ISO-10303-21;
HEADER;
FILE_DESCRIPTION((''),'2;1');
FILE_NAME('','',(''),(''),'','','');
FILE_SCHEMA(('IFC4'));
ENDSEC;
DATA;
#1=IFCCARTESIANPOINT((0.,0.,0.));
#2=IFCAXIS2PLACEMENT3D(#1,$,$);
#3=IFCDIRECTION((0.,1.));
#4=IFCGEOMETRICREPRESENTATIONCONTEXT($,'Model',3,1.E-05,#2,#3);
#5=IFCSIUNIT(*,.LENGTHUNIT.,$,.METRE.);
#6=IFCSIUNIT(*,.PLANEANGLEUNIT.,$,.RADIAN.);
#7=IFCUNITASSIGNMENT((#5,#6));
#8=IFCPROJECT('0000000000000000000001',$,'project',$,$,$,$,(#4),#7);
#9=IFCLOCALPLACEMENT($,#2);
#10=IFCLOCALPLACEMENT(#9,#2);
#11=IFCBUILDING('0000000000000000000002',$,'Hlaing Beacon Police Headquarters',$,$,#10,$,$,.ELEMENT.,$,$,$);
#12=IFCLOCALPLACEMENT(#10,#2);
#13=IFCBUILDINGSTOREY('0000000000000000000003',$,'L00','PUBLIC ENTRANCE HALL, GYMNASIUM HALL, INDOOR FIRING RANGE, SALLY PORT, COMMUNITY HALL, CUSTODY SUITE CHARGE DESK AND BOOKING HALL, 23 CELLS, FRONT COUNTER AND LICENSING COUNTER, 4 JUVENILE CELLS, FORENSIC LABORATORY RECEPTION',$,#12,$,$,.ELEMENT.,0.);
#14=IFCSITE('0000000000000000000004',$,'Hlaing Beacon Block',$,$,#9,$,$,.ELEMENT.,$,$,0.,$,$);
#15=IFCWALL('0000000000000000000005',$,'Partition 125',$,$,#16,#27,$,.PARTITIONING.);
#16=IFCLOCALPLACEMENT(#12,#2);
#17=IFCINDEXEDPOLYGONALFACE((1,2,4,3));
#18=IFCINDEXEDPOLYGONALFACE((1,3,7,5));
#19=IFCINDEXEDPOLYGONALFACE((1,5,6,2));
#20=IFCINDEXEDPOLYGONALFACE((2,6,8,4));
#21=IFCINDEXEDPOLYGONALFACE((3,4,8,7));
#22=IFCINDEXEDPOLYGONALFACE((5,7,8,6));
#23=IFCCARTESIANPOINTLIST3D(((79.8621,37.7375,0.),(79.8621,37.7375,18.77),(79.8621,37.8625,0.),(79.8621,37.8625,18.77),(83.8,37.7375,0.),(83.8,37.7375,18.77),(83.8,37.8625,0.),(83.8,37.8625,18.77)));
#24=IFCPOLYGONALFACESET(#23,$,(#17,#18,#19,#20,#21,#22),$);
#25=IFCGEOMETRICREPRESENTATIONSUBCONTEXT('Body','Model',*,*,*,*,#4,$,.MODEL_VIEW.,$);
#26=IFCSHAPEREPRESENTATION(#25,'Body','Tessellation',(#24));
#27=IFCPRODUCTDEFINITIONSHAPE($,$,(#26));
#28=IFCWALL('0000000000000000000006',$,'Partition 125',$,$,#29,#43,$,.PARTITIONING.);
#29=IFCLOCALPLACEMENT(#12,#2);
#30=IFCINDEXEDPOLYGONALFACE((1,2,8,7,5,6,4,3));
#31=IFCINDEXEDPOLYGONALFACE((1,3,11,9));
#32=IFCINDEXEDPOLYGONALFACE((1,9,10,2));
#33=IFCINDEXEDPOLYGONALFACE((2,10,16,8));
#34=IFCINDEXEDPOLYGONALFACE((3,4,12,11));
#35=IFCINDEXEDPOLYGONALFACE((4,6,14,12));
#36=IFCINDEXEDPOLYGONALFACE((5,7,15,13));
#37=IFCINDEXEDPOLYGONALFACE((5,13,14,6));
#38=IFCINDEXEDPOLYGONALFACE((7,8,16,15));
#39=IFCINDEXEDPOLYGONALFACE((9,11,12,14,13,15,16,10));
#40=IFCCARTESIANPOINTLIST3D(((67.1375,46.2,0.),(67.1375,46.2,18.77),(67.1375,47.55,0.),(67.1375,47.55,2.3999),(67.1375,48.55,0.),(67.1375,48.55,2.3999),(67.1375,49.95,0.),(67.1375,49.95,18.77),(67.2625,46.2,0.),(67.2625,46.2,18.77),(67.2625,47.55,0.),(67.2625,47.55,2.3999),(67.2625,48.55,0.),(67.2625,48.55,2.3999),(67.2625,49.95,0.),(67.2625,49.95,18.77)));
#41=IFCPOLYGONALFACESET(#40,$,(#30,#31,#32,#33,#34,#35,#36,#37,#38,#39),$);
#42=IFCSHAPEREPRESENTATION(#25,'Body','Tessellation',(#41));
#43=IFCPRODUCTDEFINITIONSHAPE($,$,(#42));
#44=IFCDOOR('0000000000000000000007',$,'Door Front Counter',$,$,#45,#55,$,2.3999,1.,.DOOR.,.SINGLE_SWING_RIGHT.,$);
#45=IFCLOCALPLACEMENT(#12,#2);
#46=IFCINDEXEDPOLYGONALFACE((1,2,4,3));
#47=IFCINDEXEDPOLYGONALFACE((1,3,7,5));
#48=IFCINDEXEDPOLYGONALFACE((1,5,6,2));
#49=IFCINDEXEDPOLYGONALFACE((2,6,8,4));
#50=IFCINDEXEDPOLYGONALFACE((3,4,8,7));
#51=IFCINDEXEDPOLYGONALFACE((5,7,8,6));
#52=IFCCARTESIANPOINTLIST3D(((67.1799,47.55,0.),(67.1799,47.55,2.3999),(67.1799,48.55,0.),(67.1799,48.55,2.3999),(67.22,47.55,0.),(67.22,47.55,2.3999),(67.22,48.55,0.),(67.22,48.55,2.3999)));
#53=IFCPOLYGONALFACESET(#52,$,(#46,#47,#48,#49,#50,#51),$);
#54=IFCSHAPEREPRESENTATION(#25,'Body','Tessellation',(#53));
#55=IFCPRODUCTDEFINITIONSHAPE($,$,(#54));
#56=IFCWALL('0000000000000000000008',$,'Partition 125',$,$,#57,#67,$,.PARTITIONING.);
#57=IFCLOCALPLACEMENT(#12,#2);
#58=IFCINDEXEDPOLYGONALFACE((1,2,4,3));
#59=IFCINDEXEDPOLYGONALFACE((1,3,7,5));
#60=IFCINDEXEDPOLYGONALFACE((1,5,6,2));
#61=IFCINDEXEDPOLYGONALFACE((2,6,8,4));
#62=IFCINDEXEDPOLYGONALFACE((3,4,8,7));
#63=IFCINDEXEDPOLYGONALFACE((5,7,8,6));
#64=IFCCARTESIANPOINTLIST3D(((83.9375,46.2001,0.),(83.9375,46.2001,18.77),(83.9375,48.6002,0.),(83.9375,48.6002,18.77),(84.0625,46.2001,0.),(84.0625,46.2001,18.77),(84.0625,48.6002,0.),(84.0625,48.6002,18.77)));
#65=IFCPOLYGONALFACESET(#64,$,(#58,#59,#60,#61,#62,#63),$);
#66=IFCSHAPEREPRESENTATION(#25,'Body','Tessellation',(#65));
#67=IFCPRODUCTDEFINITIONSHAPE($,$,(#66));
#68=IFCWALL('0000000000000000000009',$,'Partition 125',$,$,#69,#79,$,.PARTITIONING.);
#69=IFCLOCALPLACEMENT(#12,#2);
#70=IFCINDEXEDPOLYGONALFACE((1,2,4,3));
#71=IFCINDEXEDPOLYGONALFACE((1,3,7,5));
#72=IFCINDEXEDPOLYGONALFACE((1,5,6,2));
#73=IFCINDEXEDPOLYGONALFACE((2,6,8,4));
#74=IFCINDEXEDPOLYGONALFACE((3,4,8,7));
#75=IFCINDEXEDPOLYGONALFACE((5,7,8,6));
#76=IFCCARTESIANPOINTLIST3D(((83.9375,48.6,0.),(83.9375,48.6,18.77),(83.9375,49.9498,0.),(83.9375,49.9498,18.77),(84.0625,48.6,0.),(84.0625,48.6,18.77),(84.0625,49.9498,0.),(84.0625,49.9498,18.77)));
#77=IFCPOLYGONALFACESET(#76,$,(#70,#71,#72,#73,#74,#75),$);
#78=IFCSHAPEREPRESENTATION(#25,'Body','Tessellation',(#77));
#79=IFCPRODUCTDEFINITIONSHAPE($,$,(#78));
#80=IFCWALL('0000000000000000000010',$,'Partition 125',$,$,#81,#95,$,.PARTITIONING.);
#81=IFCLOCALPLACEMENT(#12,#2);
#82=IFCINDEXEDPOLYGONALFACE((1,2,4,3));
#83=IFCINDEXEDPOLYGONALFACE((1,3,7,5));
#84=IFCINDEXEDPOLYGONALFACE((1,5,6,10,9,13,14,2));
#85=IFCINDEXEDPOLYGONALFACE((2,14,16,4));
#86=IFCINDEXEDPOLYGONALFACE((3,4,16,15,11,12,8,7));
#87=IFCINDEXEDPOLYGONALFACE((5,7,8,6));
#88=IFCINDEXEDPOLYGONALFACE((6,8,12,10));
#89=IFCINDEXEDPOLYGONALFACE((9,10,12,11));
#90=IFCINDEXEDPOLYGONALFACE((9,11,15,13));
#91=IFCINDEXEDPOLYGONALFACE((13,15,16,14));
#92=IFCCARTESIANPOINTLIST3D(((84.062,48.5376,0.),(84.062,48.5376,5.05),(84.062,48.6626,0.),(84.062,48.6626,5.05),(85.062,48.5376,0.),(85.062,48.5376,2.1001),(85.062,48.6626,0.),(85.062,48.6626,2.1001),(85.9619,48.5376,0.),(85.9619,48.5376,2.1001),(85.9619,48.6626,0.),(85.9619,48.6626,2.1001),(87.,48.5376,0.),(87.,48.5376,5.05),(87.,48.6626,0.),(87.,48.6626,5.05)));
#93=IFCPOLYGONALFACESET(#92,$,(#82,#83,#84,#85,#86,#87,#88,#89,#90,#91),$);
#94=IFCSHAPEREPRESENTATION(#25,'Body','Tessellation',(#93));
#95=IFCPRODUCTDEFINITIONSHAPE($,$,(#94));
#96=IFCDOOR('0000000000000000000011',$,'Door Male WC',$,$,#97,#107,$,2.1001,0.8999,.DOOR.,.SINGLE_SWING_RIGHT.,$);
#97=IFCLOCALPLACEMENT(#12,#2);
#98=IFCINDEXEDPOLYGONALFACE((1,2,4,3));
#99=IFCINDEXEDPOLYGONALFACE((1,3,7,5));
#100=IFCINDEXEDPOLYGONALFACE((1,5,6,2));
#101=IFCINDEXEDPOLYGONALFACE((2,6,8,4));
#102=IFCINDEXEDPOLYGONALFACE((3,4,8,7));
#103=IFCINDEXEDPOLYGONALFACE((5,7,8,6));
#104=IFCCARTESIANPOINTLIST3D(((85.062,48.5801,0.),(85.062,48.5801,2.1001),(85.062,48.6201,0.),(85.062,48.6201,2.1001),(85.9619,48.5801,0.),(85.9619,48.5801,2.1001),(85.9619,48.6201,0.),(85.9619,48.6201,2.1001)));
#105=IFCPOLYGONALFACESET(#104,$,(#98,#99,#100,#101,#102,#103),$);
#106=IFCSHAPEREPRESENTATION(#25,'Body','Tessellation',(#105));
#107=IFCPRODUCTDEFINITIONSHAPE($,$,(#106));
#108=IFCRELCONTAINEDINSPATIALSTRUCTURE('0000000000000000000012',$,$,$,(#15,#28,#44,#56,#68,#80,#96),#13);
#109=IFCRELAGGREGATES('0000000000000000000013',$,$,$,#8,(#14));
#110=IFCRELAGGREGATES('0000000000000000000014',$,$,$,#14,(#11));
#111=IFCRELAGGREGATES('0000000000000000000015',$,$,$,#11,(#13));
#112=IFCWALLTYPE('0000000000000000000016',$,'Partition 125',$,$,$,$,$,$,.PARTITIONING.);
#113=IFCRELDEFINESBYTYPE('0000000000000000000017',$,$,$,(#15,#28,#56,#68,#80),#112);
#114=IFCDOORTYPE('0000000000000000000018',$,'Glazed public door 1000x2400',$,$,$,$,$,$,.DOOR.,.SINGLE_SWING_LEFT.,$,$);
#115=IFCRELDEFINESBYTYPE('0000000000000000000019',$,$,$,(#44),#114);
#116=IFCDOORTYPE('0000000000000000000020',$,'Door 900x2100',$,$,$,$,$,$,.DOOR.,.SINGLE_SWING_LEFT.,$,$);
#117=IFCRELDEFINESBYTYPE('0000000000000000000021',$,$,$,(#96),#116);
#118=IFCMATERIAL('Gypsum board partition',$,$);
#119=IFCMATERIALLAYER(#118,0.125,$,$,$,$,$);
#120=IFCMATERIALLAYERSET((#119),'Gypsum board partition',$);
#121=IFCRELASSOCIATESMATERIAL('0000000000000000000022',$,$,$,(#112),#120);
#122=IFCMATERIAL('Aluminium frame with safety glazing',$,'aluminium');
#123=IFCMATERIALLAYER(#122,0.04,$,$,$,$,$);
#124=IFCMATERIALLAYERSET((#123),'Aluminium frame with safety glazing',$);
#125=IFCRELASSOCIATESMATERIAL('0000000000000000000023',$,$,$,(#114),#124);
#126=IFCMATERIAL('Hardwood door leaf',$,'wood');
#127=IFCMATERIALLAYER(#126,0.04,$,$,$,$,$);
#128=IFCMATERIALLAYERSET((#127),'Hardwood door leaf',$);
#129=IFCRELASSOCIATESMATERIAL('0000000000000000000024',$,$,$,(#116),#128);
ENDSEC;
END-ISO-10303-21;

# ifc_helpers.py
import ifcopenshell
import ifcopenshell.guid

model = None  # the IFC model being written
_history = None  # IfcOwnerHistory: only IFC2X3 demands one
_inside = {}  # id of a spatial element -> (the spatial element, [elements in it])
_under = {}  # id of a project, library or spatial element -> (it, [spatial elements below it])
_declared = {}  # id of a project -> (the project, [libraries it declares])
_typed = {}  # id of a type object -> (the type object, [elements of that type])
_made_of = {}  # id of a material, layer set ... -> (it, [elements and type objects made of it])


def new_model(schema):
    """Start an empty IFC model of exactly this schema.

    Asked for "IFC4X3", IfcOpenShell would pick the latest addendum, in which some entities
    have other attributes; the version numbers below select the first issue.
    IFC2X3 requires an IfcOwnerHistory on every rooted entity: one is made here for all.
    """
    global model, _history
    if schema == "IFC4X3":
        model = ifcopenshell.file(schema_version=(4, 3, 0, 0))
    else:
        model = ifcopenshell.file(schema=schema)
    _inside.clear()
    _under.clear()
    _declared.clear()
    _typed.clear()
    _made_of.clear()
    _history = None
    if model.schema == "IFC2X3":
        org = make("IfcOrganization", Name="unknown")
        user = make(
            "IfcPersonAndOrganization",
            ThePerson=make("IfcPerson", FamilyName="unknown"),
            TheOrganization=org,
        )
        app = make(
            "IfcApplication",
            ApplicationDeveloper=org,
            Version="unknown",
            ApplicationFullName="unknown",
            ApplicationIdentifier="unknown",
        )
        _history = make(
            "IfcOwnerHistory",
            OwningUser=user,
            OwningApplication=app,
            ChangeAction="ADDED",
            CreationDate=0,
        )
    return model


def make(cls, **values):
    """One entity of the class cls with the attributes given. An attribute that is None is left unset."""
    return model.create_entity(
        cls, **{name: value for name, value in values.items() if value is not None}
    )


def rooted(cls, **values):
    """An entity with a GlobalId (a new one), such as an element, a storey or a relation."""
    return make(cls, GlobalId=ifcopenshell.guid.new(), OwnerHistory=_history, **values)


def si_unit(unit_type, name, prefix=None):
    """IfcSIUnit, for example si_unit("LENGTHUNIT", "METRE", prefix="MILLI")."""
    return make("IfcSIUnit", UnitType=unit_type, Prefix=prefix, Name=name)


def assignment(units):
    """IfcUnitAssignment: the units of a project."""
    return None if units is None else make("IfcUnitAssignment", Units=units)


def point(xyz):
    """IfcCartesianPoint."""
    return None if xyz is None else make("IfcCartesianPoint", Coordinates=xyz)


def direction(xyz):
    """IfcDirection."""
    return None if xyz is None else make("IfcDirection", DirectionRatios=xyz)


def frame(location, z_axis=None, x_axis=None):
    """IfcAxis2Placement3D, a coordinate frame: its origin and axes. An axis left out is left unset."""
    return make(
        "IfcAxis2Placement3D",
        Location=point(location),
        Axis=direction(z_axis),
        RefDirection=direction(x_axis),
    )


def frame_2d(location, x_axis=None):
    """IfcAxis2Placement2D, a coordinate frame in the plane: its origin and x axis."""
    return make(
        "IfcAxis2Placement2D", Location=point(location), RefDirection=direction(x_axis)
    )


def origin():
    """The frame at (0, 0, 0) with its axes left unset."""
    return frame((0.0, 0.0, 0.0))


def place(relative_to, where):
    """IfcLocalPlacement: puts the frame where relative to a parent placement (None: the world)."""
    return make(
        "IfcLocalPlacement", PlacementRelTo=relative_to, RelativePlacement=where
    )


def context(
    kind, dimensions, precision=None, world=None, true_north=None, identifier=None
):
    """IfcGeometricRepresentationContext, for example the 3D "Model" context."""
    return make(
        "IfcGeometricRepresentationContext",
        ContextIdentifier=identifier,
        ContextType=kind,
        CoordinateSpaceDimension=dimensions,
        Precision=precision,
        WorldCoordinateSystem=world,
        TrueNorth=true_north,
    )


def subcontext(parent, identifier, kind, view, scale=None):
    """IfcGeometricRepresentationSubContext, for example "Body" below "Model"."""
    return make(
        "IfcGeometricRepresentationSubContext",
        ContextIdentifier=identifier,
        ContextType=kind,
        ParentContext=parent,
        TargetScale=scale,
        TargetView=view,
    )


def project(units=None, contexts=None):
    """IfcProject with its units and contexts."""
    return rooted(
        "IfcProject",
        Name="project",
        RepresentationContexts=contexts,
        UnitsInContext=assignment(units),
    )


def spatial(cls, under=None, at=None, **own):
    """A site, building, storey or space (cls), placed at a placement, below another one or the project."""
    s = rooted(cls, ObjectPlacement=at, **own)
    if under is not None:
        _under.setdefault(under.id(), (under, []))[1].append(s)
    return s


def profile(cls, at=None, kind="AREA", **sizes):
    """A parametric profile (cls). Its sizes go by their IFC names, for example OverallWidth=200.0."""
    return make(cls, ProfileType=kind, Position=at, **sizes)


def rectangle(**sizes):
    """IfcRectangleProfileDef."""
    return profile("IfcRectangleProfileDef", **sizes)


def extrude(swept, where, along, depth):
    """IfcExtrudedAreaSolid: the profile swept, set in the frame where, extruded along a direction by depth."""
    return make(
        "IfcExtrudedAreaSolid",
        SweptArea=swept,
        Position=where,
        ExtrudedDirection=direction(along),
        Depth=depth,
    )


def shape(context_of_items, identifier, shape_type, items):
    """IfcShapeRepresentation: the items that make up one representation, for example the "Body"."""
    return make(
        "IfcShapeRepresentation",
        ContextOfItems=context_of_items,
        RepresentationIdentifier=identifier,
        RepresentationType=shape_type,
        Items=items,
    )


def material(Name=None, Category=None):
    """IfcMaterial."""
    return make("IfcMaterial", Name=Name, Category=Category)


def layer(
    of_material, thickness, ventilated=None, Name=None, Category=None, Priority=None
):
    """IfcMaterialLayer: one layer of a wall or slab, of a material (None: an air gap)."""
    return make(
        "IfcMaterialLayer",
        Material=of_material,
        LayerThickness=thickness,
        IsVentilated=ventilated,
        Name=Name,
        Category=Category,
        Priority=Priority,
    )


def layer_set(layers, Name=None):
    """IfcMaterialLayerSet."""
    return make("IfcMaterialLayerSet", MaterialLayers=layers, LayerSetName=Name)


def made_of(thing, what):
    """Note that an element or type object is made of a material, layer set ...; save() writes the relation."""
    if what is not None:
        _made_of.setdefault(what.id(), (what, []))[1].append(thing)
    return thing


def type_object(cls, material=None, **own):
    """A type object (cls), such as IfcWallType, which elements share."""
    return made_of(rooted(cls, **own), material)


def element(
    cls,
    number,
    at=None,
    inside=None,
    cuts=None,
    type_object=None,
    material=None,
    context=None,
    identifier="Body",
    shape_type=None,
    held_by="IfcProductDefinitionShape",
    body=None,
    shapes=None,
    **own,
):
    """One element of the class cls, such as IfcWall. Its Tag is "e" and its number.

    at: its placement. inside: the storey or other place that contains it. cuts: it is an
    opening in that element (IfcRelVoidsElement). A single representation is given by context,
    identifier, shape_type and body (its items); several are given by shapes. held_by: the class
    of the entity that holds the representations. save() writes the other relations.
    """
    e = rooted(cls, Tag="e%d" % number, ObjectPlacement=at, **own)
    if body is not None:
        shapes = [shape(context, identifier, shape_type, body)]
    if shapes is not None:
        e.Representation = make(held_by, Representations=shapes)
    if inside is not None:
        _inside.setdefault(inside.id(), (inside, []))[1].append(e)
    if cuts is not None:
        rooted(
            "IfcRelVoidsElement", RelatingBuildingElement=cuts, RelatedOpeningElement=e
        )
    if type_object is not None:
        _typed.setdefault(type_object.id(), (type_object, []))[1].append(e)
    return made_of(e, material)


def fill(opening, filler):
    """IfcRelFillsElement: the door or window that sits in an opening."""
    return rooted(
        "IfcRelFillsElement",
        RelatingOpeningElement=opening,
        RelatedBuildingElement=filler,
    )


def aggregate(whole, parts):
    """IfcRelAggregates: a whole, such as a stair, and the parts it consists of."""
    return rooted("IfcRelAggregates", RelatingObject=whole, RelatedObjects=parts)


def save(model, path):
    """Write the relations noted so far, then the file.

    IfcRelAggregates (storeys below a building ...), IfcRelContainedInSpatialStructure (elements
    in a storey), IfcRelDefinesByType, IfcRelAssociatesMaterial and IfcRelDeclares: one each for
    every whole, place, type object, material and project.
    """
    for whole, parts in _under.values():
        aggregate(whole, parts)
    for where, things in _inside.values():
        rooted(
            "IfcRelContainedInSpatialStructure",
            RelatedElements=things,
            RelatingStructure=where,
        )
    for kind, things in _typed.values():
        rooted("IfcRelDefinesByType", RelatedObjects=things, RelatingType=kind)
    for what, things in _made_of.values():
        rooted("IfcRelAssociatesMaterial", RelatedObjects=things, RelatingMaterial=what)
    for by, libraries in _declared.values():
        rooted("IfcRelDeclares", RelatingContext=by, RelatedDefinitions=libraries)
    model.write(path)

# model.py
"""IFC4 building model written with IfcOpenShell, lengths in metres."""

from ifc_helpers import new_model, si_unit, direction, frame, frame_2d, origin, place, context, subcontext, project, spatial, rectangle, extrude, material, layer, layer_set, type_object, element, fill, save


model = new_model("IFC4")

# Units and contexts
model_context = context("Model", 3, precision=1e-05, world=origin(), true_north=direction((0.0, 1.0)))
body_context = subcontext(model_context, "Body", "Model", "MODEL_VIEW")
ifc_project = project(units=[si_unit("LENGTHUNIT", "METRE"), si_unit("PLANEANGLEUNIT", "RADIAN")], contexts=[model_context])

# Site, building, storey
site_placement = place(None, origin())
site = spatial("IfcSite", under=ifc_project, at=site_placement, Name="Hlaing Beacon Block", CompositionType="ELEMENT", RefElevation=0.0)
building_placement = place(site_placement, origin())
building = spatial("IfcBuilding", under=site, at=building_placement, Name="Hlaing Beacon Police Headquarters", CompositionType="ELEMENT")
storey_placement = place(building_placement, origin())
storey = spatial("IfcBuildingStorey", under=building, at=storey_placement, Name="L00", Description="PUBLIC ENTRANCE HALL, GYMNASIUM HALL, INDOOR FIRING RANGE, SALLY PORT, COMMUNITY HALL, CUSTODY SUITE CHARGE DESK AND BOOKING HALL, 23 CELLS, FRONT COUNTER AND LICENSING COUNTER, 4 JUVENILE CELLS, FORENSIC LABORATORY RECEPTION", CompositionType="ELEMENT", Elevation=0.0)

# Wall
ifc_material_1 = material(Name="Gypsum board partition")
ifc_layer_1 = layer(ifc_material_1, 0.125)
ifc_layer_set_1 = layer_set([ifc_layer_1], Name="Gypsum board partition")
wall_type_1 = type_object("IfcWallType", Name="Partition 125", PredefinedType="PARTITIONING", material=ifc_layer_set_1)
wall_1_placement = place(storey_placement, frame((79.8621, 37.8, 0.0), z_axis=(0.0, 0.0, 1.0), x_axis=(1.0, 0.0, 0.0)))
element("IfcWall", 1, at=wall_1_placement, inside=storey, type_object=wall_type_1, Name="Partition 125", PredefinedType="PARTITIONING", context=body_context, shape_type="SweptSolid", body=[
    extrude(rectangle(XDim=3.938, YDim=0.125, at=frame_2d((1.969, 0.0))), origin(), (0.0, 0.0, 1.0), 18.77),
])

# Wall, opening, door
wall_2_placement = place(storey_placement, frame((67.2, 46.2, 0.0), z_axis=(0.0, 0.0, 1.0), x_axis=(0.0, 1.0, 0.0)))
wall_2 = element("IfcWall", 2, at=wall_2_placement, inside=storey, type_object=wall_type_1, Name="Partition 125", PredefinedType="PARTITIONING", context=body_context, shape_type="SweptSolid", body=[
    extrude(rectangle(XDim=3.75, YDim=0.125, at=frame_2d((1.875, 0.0))), origin(), (0.0, 0.0, 1.0), 18.77),
])
opening_1_placement = place(wall_2_placement, frame((1.3501, 0.0, 0.0)))
opening_1 = element("IfcOpeningElement", 3, at=opening_1_placement, cuts=wall_2, PredefinedType="OPENING", context=body_context, shape_type="SweptSolid", body=[
    extrude(rectangle(XDim=1.0, YDim=2.3999, at=frame_2d((0.5, 1.2))), frame((0.0, 0.0725, 0.0), z_axis=(0.0, -1.0, 0.0), x_axis=(1.0, 0.0, 0.0)), (0.0, 0.0, 1.0), 0.145),
])
ifc_material_2 = material(Name="Aluminium frame with safety glazing", Category="aluminium")
ifc_layer_2 = layer(ifc_material_2, 0.04)
ifc_layer_set_2 = layer_set([ifc_layer_2], Name="Aluminium frame with safety glazing")
door_type_1 = type_object("IfcDoorType", Name="Glazed public door 1000x2400", OperationType="SINGLE_SWING_LEFT", PredefinedType="DOOR", material=ifc_layer_set_2)
door_1_placement = place(opening_1_placement, origin())
door_1 = element("IfcDoor", 4, at=door_1_placement, inside=storey, type_object=door_type_1, Name="Door Front Counter", OperationType="SINGLE_SWING_RIGHT", OverallHeight=2.3999, OverallWidth=1.0, PredefinedType="DOOR", context=body_context, shape_type="SweptSolid", body=[
    extrude(rectangle(XDim=1.0, YDim=2.3999, at=frame_2d((0.5, 1.2))), frame((0.0, 0.02, 0.0), z_axis=(0.0, -1.0, 0.0), x_axis=(1.0, 0.0, 0.0)), (0.0, 0.0, 1.0), 0.04),
])
fill(opening_1, door_1)

# Walls
wall_3_placement = place(storey_placement, frame((84.0, 46.2, 0.0), z_axis=(0.0, 0.0, 1.0), x_axis=(0.0, 1.0, 0.0)))
element("IfcWall", 5, at=wall_3_placement, inside=storey, type_object=wall_type_1, Name="Partition 125", PredefinedType="PARTITIONING", context=body_context, shape_type="SweptSolid", body=[
    extrude(rectangle(XDim=2.4001, YDim=0.125, at=frame_2d((1.2002, 0.0))), origin(), (0.0, 0.0, 1.0), 18.77),
])
wall_4_placement = place(storey_placement, frame((84.0, 48.6001, 0.0), z_axis=(0.0, 0.0, 1.0), x_axis=(0.0, 1.0, 0.0)))
element("IfcWall", 6, at=wall_4_placement, inside=storey, type_object=wall_type_1, Name="Partition 125", PredefinedType="PARTITIONING", context=body_context, shape_type="SweptSolid", body=[
    extrude(rectangle(XDim=1.3499, YDim=0.125, at=frame_2d((0.6748, 0.0))), origin(), (0.0, 0.0, 1.0), 18.77),
])

# Wall, opening, door
wall_5_placement = place(storey_placement, frame((84.062, 48.6001, 0.0), z_axis=(0.0, 0.0, 1.0), x_axis=(1.0, 0.0, 0.0)))
wall_5 = element("IfcWall", 7, at=wall_5_placement, inside=storey, type_object=wall_type_1, Name="Partition 125", PredefinedType="PARTITIONING", context=body_context, shape_type="SweptSolid", body=[
    extrude(rectangle(XDim=2.938, YDim=0.125, at=frame_2d((1.469, 0.0))), origin(), (0.0, 0.0, 1.0), 5.05),
])
opening_2_placement = place(wall_5_placement, frame((1.0, 0.0, 0.0)))
opening_2 = element("IfcOpeningElement", 8, at=opening_2_placement, cuts=wall_5, PredefinedType="OPENING", context=body_context, shape_type="SweptSolid", body=[
    extrude(rectangle(XDim=0.8999, YDim=2.1001, at=frame_2d((0.45, 1.05))), frame((0.0, 0.0725, 0.0), z_axis=(0.0, -1.0, 0.0), x_axis=(1.0, 0.0, 0.0)), (0.0, 0.0, 1.0), 0.145),
])
ifc_material_3 = material(Name="Hardwood door leaf", Category="wood")
ifc_layer_3 = layer(ifc_material_3, 0.04)
ifc_layer_set_3 = layer_set([ifc_layer_3], Name="Hardwood door leaf")
door_type_2 = type_object("IfcDoorType", Name="Door 900x2100", OperationType="SINGLE_SWING_LEFT", PredefinedType="DOOR", material=ifc_layer_set_3)
door_2_placement = place(opening_2_placement, origin())
door_2 = element("IfcDoor", 9, at=door_2_placement, inside=storey, type_object=door_type_2, Name="Door Male WC", OperationType="SINGLE_SWING_RIGHT", OverallHeight=2.1001, OverallWidth=0.8999, PredefinedType="DOOR", context=body_context, shape_type="SweptSolid", body=[
    extrude(rectangle(XDim=0.8999, YDim=2.1001, at=frame_2d((0.45, 1.05))), frame((0.0, 0.02, 0.0), z_axis=(0.0, -1.0, 0.0), x_axis=(1.0, 0.0, 0.0)), (0.0, 0.0, 1.0), 0.04),
])
fill(opening_2, door_2)

save(model, "model.ifc")
